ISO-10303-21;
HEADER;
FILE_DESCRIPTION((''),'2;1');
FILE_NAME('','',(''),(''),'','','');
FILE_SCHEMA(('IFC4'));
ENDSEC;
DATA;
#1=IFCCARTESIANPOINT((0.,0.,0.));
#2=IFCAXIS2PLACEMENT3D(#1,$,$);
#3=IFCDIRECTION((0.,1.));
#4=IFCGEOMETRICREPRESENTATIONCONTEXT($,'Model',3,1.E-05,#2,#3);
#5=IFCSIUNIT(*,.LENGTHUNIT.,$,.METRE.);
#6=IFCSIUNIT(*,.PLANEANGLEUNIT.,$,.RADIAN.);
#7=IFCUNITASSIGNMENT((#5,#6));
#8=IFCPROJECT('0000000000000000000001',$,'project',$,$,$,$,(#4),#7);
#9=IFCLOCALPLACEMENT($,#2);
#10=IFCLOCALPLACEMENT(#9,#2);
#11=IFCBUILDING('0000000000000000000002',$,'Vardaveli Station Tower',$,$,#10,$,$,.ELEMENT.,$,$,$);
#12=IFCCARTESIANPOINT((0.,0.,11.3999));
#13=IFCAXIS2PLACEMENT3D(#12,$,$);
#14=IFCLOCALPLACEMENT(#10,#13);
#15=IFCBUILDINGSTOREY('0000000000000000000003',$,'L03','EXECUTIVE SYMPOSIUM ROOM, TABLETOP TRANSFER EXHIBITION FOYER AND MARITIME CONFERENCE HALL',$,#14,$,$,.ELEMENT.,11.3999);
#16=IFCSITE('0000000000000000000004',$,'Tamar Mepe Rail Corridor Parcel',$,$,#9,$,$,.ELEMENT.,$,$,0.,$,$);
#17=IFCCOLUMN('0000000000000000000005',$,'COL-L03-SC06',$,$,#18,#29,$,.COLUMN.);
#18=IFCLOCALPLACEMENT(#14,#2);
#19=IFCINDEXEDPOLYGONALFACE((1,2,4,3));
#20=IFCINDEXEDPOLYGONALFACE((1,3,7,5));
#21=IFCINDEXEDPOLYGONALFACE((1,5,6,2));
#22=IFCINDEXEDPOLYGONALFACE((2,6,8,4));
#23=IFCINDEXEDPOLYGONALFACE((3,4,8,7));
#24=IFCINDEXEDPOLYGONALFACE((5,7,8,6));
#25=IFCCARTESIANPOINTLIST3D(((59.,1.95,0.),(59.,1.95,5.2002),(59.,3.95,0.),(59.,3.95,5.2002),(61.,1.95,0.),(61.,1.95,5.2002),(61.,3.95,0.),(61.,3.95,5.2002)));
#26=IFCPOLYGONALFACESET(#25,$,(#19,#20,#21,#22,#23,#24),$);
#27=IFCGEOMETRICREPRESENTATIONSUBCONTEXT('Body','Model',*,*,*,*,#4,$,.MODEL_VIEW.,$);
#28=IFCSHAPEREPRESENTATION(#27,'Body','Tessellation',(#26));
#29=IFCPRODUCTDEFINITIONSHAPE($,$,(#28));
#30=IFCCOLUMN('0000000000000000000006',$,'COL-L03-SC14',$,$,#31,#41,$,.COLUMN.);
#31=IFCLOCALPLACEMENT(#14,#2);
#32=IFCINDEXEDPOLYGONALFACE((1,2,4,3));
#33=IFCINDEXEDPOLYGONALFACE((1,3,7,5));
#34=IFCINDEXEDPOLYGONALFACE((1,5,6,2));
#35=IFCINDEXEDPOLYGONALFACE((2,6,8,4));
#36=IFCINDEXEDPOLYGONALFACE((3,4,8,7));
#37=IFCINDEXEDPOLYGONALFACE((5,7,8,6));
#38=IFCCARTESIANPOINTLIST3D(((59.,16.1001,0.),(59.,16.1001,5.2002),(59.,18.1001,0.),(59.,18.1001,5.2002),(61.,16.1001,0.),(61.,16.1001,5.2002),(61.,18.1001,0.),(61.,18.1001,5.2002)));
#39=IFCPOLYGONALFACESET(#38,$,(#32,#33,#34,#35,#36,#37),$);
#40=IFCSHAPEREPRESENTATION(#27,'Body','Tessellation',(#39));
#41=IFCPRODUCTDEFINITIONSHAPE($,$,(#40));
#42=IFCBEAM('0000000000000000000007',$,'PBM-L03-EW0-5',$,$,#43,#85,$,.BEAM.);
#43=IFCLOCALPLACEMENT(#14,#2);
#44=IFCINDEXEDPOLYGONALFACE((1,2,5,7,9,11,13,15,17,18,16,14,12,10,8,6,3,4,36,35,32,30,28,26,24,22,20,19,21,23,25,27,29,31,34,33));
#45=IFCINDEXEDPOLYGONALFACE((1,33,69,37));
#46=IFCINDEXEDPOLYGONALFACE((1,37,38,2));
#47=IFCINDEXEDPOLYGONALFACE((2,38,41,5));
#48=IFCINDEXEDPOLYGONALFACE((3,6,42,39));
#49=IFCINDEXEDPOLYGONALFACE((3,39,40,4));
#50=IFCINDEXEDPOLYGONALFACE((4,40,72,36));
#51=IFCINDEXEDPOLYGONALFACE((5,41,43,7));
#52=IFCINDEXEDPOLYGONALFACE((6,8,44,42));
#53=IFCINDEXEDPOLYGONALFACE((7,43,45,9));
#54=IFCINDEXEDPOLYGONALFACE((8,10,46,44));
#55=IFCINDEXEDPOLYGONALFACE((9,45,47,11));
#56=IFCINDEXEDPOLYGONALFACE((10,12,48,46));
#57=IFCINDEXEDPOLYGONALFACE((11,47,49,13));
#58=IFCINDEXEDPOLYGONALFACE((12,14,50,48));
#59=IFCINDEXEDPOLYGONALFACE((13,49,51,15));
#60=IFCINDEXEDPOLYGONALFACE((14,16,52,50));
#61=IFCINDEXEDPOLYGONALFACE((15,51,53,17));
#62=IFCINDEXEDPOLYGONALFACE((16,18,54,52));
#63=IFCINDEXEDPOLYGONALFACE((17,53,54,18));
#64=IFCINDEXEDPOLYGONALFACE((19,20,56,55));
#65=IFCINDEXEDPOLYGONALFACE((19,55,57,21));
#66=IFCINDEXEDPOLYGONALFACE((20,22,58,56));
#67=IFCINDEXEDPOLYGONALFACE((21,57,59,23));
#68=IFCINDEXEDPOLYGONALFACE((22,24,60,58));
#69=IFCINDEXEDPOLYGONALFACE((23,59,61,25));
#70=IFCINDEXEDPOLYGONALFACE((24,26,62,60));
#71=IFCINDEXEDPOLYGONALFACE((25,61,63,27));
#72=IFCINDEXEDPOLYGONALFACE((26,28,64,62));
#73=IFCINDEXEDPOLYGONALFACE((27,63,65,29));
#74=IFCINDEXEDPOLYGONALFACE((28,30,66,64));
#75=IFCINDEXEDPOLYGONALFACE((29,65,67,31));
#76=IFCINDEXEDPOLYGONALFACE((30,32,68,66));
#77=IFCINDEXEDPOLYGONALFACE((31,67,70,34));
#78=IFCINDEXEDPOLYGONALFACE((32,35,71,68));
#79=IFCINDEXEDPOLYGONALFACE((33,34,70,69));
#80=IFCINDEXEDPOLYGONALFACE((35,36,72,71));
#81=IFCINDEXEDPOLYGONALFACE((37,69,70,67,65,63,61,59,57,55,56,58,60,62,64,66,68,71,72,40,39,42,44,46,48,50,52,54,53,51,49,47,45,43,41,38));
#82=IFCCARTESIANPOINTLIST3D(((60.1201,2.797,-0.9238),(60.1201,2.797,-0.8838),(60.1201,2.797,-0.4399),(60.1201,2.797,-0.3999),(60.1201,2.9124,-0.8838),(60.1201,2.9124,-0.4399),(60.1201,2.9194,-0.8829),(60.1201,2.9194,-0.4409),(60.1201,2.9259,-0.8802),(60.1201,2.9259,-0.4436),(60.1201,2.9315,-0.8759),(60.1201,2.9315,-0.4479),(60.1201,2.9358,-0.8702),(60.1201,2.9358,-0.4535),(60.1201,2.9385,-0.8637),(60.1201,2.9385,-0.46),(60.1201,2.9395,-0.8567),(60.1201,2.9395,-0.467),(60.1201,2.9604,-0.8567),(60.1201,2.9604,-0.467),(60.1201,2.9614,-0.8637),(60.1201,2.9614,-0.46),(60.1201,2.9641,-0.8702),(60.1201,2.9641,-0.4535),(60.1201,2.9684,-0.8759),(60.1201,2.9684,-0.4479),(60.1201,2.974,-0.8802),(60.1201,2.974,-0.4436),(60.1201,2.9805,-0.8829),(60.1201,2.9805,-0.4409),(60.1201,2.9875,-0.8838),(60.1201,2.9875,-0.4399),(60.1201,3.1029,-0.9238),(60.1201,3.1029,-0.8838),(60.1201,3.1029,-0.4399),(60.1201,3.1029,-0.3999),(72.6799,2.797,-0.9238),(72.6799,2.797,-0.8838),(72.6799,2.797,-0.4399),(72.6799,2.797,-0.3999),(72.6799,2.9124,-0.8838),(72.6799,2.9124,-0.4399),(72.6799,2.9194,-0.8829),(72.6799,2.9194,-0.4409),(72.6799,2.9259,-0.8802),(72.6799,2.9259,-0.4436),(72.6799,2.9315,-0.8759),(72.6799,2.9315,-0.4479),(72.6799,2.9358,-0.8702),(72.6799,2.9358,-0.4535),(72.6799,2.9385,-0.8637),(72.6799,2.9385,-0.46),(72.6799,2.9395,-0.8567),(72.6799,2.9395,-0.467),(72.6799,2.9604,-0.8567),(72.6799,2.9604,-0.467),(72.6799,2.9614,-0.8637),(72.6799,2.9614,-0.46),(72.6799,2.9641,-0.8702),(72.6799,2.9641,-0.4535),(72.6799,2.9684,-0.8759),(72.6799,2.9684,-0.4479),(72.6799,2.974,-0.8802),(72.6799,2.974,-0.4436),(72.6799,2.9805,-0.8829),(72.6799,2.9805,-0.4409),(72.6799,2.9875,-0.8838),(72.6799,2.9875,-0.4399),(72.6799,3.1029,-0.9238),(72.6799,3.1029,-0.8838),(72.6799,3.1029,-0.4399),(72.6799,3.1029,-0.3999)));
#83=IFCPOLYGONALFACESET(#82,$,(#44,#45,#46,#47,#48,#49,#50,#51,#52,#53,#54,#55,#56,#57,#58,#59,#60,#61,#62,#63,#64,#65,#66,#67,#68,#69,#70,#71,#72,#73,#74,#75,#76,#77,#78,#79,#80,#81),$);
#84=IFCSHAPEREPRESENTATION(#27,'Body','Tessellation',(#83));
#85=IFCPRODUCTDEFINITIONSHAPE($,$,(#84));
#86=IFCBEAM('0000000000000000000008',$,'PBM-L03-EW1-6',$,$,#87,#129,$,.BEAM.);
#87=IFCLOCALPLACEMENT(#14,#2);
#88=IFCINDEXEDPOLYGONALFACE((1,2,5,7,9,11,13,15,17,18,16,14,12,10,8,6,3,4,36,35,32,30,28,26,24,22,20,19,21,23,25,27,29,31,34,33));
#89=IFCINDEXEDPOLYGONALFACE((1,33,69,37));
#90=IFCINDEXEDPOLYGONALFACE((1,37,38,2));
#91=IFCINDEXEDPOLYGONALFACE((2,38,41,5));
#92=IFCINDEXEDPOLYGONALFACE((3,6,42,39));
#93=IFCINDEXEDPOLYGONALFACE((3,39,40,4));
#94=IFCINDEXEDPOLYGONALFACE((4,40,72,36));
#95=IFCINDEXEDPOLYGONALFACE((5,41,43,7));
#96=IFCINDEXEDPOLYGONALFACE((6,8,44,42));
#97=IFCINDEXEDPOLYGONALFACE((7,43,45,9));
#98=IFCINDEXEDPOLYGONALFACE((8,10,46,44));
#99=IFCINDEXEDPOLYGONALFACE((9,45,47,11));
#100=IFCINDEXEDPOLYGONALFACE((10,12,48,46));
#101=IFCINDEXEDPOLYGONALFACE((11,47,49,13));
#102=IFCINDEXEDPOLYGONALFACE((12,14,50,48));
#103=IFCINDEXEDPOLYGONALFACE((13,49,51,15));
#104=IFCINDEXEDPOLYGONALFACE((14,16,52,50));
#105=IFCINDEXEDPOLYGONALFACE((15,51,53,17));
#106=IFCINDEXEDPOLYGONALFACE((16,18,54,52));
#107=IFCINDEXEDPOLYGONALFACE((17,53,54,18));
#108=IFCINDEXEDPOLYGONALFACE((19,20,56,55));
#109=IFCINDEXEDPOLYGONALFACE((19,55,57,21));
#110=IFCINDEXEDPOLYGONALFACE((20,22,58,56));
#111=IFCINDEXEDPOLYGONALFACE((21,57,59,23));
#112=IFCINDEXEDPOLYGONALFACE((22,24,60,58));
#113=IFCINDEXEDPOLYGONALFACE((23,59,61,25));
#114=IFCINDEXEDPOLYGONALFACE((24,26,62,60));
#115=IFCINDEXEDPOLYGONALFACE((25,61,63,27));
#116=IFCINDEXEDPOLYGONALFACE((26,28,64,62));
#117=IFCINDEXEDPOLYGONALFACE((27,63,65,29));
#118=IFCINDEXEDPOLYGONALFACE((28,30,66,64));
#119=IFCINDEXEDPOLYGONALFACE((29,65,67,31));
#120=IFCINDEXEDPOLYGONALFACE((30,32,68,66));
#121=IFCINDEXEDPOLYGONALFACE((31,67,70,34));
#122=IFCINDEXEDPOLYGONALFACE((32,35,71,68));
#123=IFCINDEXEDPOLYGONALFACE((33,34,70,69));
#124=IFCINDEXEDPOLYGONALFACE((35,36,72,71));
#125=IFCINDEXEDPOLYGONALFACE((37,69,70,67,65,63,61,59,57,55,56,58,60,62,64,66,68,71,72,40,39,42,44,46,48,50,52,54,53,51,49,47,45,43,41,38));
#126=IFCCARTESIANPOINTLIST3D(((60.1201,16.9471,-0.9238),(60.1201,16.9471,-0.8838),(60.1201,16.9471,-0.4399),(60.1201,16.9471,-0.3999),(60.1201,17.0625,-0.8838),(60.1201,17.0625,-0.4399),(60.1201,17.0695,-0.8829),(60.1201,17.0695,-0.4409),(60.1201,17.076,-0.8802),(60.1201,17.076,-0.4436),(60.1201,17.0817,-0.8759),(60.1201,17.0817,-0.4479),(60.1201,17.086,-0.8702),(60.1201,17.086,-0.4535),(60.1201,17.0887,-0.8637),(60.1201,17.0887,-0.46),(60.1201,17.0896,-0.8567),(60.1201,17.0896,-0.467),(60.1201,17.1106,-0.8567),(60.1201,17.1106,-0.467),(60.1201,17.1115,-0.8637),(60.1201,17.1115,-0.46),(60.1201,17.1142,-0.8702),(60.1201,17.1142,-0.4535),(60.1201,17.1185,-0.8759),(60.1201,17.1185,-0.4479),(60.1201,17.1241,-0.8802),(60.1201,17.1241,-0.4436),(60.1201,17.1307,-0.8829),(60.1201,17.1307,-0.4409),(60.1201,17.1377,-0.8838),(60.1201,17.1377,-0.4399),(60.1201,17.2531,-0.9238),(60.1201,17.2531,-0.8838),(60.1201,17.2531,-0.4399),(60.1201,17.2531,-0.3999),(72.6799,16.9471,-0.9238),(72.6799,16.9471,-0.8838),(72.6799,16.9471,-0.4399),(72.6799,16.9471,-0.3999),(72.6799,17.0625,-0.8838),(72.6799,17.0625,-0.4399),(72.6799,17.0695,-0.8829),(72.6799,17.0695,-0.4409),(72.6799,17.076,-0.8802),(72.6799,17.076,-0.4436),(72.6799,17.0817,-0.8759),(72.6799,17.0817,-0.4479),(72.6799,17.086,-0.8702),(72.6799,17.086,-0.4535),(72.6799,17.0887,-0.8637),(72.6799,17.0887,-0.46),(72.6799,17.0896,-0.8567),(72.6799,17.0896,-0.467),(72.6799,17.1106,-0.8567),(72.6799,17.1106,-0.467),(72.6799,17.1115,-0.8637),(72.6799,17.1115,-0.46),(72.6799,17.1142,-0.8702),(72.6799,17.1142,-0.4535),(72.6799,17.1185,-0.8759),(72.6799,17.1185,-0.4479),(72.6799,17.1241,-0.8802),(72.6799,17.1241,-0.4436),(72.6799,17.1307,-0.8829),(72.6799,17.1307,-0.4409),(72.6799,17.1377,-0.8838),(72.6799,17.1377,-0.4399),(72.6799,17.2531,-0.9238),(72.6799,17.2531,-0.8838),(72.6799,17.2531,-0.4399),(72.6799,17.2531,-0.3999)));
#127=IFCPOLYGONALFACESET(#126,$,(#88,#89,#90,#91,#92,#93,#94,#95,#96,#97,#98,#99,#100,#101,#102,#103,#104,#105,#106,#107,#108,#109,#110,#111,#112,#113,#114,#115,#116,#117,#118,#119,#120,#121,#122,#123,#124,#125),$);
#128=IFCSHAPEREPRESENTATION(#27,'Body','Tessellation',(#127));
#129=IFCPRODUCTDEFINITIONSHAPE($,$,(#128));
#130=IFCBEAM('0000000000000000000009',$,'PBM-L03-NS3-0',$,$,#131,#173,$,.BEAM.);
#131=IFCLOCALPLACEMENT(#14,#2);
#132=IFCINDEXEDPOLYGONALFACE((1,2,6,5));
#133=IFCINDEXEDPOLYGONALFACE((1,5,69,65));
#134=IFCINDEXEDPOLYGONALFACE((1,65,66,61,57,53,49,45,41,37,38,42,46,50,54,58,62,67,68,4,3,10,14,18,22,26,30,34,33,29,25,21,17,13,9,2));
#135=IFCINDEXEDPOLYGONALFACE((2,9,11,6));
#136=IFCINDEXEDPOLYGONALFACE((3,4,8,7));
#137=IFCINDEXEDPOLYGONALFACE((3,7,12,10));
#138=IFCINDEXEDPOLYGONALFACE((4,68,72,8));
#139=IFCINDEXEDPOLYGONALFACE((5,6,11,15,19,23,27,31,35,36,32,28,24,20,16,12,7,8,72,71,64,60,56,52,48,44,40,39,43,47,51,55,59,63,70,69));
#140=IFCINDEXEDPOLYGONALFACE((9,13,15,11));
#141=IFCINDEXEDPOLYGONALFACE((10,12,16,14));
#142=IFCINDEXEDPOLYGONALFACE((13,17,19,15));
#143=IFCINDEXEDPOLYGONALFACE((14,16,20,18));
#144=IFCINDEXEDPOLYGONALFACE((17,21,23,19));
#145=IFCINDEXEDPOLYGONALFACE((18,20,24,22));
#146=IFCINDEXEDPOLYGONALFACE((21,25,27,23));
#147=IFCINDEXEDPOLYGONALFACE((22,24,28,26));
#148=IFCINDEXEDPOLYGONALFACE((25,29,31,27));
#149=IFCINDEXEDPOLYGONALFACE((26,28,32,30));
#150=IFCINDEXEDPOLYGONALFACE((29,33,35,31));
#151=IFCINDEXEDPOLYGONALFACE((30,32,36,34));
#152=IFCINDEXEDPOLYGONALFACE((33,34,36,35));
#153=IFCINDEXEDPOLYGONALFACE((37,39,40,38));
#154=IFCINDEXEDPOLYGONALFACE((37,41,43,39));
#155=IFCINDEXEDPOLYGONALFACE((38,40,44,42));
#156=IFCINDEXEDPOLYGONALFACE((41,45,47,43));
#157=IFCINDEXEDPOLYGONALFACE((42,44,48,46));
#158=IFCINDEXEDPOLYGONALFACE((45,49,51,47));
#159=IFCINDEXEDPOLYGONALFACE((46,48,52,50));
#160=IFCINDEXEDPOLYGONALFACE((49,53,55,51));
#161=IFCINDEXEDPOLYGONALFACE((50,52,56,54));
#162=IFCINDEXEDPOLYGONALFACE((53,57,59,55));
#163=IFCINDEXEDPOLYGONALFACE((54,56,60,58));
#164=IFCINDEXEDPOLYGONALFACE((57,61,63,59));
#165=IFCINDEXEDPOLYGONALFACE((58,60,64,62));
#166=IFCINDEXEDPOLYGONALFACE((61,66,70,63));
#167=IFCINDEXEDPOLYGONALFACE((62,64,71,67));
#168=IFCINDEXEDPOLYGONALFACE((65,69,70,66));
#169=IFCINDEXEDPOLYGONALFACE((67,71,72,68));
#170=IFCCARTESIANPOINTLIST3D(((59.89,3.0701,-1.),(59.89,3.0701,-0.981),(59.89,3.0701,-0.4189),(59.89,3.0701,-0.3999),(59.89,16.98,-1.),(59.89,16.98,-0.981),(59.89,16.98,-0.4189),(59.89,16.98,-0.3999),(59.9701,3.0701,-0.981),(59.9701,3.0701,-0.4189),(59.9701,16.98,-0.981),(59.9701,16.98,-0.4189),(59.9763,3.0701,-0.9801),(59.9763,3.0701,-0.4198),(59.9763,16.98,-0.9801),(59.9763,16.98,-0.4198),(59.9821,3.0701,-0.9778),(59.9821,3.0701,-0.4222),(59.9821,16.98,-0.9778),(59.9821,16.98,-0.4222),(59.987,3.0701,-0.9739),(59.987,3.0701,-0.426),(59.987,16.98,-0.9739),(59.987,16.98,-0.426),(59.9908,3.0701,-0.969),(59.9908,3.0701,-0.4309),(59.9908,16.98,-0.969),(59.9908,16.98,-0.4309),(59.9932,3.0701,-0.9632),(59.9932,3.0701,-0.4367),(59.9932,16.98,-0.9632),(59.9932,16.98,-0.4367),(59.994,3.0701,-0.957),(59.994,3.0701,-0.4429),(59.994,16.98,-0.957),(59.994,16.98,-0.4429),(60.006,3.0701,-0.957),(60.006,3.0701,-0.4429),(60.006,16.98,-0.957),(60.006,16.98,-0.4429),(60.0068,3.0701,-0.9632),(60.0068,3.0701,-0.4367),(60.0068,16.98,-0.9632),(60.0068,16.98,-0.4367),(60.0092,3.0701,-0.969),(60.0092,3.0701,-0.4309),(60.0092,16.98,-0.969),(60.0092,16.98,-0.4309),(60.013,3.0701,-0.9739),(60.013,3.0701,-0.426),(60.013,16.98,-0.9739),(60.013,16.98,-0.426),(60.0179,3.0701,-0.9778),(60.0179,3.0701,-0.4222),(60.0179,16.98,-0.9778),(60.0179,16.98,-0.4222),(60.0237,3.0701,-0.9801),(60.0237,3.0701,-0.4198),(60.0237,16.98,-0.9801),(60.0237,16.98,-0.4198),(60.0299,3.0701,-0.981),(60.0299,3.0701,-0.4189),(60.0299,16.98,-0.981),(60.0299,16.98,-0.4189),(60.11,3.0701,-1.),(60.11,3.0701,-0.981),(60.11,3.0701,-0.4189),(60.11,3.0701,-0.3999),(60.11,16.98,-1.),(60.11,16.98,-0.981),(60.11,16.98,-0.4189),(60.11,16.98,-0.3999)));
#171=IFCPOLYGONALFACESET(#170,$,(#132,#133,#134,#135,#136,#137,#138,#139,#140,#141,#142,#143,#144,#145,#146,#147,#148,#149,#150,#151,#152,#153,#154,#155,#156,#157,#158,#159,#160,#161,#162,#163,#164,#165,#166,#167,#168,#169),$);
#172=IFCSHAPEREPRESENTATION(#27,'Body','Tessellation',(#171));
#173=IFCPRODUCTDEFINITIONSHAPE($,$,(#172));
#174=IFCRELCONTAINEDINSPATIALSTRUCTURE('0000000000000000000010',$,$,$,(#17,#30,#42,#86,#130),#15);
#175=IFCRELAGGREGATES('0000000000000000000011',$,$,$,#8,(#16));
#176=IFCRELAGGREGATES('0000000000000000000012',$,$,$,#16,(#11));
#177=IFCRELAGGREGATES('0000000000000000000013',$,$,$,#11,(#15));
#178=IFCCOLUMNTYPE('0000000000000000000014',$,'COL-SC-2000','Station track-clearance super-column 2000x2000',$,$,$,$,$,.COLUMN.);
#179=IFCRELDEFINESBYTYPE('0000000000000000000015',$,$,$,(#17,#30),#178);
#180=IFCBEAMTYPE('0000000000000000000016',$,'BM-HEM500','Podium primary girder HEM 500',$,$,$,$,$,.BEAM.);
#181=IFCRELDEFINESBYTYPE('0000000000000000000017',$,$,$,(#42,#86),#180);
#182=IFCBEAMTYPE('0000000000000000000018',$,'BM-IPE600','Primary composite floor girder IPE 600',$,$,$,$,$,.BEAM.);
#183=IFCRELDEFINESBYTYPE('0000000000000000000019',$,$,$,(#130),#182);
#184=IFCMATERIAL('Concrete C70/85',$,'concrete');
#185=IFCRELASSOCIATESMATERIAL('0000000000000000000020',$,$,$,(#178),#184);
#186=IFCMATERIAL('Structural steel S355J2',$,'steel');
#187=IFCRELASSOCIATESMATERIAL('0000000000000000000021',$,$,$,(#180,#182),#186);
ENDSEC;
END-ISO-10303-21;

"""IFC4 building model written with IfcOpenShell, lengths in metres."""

from ifc_helpers import new_model, si_unit, direction, frame, origin, origin_2d, place, context, subcontext, project, spatial, rectangle, i_section, extrude, source, transform, mapped, material, material_profile, profile_set, type_object, element, save


model = new_model("IFC4")

# Units and contexts
model_context = context("Model", 3, precision=1e-05, world=origin(), true_north=direction((0.0, 1.0)))
body_context = subcontext(model_context, "Body", "Model", "MODEL_VIEW")
ifc_project = project(units=[si_unit("LENGTHUNIT", "METRE"), si_unit("PLANEANGLEUNIT", "RADIAN")], contexts=[model_context])

# Site, building, storey
site_placement = place(None, origin())
site = spatial("IfcSite", under=ifc_project, at=site_placement, Name="Tamar Mepe Rail Corridor Parcel", CompositionType="ELEMENT", RefElevation=0.0)
building_placement = place(site_placement, origin())
building = spatial("IfcBuilding", under=site, at=building_placement, Name="Vardaveli Station Tower", CompositionType="ELEMENT")
storey_placement = place(building_placement, frame((0.0, 0.0, 11.3999)))
storey = spatial("IfcBuildingStorey", under=building, at=storey_placement, Name="L03", Description="EXECUTIVE SYMPOSIUM ROOM, TABLETOP TRANSFER EXHIBITION FOYER AND MARITIME CONFERENCE HALL", CompositionType="ELEMENT", Elevation=11.3999)

# Columns
ifc_material_1 = material(Name="Concrete C70/85", Category="concrete")
ifc_material_profile_1 = material_profile(ifc_material_1, rectangle(XDim=2.0, YDim=2.0, at=origin_2d()), Name="SC 2000x2000")
ifc_profile_set_1 = profile_set([ifc_material_profile_1], Name="Concrete C70/85")
column_type = type_object("IfcColumnType", Name="COL-SC-2000", Description="Station track-clearance super-column 2000x2000", PredefinedType="COLUMN", material=ifc_profile_set_1)
shared_shape_1 = source(origin(), body_context, "Body", "SweptSolid", [
    extrude(rectangle(XDim=2.0, YDim=2.0, at=origin_2d()), origin(), (0.0, 0.0, 1.0), 5.2002),
])
for number, where, z_axis, x_axis, name in (
    (1, (60.0, 2.95, 0.0), (0.0, 0.0, 1.0), (1.0, 0.0, 0.0), "COL-L03-SC06"),
    (2, (60.0, 17.1001, 0.0), (0.0, 0.0, 1.0), (1.0, 0.0, 0.0), "COL-L03-SC14"),
):
    element("IfcColumn", number, at=place(storey_placement, frame(where, z_axis=z_axis, x_axis=x_axis)), inside=storey, type_object=column_type, Name=name, PredefinedType="COLUMN", context=body_context, shape_type="MappedRepresentation", body=[
        mapped(shared_shape_1, transform((0.0, 0.0, 0.0), scale=1.0)),
    ])

# Beams
ifc_material_2 = material(Name="Structural steel S355J2", Category="steel")
ifc_material_profile_2 = material_profile(ifc_material_2, i_section(OverallWidth=0.3059, OverallDepth=0.5239, WebThickness=0.021, FlangeThickness=0.04, FilletRadius=0.0271, at=origin_2d()), Name="HEM 500")
ifc_profile_set_2 = profile_set([ifc_material_profile_2], Name="Structural steel S355J2")
beam_type_1 = type_object("IfcBeamType", Name="BM-HEM500", Description="Podium primary girder HEM 500", PredefinedType="BEAM", material=ifc_profile_set_2)
shared_shape_2 = source(origin(), body_context, "Body", "SweptSolid", [
    extrude(i_section(OverallWidth=0.3059, OverallDepth=0.5239, WebThickness=0.021, FlangeThickness=0.04, FilletRadius=0.0271, at=origin_2d()), origin(), (0.0, 0.0, 1.0), 12.5598),
])
for number, where, z_axis, x_axis, name in (
    (3, (60.1201, 2.95, -0.6619), (1.0, 0.0, 0.0), (0.0, 1.0, 0.0), "PBM-L03-EW0-5"),
    (4, (60.1201, 17.1001, -0.6619), (1.0, 0.0, 0.0), (0.0, 1.0, 0.0), "PBM-L03-EW1-6"),
):
    element("IfcBeam", number, at=place(storey_placement, frame(where, z_axis=z_axis, x_axis=x_axis)), inside=storey, type_object=beam_type_1, Name=name, PredefinedType="BEAM", context=body_context, shape_type="MappedRepresentation", body=[
        mapped(shared_shape_2, transform((0.0, 0.0, 0.0), scale=1.0)),
    ])
ifc_material_profile_3 = material_profile(ifc_material_2, i_section(OverallWidth=0.22, OverallDepth=0.6001, WebThickness=0.012, FlangeThickness=0.019, FilletRadius=0.0239, at=origin_2d()), Name="IPE 600")
ifc_profile_set_3 = profile_set([ifc_material_profile_3], Name="Structural steel S355J2")
beam_type_2 = type_object("IfcBeamType", Name="BM-IPE600", Description="Primary composite floor girder IPE 600", PredefinedType="BEAM", material=ifc_profile_set_3)
shared_shape_3 = source(origin(), body_context, "Body", "SweptSolid", [
    extrude(i_section(OverallWidth=0.22, OverallDepth=0.6001, WebThickness=0.012, FlangeThickness=0.019, FilletRadius=0.0239, at=origin_2d()), origin(), (0.0, 0.0, 1.0), 13.9099),
])
beam_1_placement = place(storey_placement, frame((60.0, 3.0701, -0.7), z_axis=(0.0, 1.0, 0.0), x_axis=(-1.0, 0.0, 0.0)))
element("IfcBeam", 5, at=beam_1_placement, inside=storey, type_object=beam_type_2, Name="PBM-L03-NS3-0", PredefinedType="BEAM", context=body_context, shape_type="MappedRepresentation", body=[
    mapped(shared_shape_3, transform((0.0, 0.0, 0.0), scale=1.0)),
])

save(model, "model.ifc")
